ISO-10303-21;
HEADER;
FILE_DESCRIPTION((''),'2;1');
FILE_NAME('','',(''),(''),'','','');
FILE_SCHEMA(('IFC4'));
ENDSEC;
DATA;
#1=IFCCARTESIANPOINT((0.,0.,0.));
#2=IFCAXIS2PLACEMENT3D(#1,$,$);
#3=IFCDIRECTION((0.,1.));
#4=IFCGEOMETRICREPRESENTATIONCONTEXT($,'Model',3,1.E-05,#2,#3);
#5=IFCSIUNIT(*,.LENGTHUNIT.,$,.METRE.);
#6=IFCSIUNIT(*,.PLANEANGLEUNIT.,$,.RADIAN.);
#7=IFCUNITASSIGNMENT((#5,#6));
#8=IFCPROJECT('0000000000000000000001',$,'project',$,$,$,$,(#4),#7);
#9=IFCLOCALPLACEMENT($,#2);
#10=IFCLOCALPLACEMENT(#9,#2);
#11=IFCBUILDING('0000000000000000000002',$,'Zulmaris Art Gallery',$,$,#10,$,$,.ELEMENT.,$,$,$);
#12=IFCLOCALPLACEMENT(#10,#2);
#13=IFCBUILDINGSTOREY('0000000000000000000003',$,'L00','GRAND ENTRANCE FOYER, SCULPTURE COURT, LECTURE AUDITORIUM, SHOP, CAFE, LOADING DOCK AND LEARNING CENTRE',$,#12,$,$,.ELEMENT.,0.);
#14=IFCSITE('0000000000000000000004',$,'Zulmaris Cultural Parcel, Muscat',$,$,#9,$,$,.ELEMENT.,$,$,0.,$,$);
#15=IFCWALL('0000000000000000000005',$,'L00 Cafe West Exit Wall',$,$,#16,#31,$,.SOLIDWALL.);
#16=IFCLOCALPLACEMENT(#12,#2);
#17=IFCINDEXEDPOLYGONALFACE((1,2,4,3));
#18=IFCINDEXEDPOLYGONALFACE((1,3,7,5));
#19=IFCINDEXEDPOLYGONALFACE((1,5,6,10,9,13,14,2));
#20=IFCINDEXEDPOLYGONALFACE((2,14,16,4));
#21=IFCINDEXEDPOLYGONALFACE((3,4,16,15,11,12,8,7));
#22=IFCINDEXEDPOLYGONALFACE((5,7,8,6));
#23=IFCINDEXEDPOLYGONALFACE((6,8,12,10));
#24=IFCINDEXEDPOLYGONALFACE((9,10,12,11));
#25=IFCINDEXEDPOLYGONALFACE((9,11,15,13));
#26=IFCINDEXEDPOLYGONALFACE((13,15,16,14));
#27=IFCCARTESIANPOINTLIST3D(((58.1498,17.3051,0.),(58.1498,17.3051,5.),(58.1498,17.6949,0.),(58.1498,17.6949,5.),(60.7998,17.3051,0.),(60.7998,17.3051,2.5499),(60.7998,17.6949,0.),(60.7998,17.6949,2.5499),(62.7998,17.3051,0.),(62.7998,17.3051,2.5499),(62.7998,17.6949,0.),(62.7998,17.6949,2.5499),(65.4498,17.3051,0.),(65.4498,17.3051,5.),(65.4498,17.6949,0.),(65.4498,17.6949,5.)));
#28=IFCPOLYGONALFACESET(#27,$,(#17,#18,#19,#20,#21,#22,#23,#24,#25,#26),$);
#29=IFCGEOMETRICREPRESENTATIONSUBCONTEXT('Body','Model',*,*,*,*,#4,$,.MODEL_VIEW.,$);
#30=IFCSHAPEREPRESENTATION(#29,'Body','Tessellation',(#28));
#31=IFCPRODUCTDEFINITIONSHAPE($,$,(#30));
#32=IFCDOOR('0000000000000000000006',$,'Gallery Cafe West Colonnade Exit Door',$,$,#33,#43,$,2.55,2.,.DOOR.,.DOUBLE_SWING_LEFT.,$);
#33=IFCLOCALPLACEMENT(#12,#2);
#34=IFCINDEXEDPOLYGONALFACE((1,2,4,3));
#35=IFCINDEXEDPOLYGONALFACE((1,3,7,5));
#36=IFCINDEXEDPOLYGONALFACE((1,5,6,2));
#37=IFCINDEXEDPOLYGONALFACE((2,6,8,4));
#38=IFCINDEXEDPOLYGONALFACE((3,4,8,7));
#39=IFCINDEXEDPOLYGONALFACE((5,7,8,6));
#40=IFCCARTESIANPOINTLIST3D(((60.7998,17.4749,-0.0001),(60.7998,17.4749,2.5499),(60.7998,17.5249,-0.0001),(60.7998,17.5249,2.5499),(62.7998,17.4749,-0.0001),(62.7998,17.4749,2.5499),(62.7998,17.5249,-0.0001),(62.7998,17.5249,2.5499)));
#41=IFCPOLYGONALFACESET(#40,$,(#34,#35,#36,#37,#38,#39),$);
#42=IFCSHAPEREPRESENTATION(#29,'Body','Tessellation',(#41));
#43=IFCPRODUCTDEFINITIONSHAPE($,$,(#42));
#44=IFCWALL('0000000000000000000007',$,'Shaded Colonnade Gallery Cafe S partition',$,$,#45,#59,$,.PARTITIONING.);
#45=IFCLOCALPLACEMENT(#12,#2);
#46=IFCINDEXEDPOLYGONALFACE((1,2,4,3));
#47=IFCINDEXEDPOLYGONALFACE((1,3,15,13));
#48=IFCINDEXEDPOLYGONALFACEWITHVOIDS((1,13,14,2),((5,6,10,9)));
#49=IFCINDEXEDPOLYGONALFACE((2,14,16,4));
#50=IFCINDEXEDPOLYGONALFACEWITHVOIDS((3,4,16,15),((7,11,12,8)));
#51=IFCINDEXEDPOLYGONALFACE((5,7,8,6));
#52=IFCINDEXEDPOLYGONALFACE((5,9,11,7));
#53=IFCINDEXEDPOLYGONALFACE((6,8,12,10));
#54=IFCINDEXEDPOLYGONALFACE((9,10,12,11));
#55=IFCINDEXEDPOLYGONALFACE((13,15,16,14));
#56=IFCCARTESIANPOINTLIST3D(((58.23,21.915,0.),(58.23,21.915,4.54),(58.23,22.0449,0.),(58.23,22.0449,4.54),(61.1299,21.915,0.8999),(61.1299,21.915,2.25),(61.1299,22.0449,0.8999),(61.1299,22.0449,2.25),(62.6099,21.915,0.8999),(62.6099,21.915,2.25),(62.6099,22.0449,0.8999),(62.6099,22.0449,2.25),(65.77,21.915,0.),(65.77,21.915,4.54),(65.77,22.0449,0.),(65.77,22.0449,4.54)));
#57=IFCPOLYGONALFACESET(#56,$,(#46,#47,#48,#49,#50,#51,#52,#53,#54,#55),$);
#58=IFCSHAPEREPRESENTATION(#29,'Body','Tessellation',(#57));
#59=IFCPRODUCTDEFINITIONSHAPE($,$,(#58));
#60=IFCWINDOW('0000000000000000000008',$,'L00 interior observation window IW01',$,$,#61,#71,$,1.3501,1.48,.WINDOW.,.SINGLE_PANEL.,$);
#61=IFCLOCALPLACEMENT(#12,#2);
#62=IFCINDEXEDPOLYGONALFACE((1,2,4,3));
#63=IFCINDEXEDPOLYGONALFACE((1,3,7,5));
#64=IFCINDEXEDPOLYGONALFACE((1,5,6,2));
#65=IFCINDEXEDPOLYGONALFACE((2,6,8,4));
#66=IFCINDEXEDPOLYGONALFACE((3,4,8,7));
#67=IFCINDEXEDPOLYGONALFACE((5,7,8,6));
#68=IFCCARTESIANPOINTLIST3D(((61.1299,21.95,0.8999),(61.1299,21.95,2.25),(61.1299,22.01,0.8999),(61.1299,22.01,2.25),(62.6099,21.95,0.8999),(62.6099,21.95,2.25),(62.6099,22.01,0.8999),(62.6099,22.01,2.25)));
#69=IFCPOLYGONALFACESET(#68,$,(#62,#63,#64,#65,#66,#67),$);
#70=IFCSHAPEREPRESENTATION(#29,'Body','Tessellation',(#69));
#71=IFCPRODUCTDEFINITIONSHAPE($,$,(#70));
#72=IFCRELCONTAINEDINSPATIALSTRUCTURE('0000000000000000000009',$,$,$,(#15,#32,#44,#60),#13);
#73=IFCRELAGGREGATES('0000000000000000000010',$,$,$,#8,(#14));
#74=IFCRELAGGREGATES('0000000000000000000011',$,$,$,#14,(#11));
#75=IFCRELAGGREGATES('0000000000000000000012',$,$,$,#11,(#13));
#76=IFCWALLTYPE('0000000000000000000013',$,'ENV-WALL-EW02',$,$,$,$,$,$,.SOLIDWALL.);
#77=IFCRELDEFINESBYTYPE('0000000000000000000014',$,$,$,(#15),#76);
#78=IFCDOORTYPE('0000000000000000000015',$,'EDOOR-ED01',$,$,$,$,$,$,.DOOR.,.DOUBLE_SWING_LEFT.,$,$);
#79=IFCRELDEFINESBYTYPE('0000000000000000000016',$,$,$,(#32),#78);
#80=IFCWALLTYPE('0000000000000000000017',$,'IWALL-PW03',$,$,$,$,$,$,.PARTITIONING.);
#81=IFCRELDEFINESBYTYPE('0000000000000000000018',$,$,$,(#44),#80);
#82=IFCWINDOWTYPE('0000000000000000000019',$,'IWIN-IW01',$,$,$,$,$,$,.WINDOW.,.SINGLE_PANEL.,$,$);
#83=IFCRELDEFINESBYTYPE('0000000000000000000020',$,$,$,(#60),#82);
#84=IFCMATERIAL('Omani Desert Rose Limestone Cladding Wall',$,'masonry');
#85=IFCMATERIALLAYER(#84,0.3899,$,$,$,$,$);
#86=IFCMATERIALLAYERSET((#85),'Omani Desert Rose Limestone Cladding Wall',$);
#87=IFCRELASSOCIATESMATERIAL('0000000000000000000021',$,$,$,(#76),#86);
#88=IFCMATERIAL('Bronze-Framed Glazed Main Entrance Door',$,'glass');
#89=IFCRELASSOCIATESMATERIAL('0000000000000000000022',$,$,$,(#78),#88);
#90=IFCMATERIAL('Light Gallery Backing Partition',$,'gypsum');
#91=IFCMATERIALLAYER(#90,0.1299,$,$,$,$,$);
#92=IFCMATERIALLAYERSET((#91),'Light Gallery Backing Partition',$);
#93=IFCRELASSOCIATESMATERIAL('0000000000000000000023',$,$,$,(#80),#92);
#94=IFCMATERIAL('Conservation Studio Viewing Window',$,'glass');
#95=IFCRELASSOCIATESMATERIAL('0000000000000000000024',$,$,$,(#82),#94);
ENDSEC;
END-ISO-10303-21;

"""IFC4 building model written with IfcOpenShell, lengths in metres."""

from ifc_helpers import new_model, si_unit, direction, frame, frame_2d, origin, place, context, subcontext, project, spatial, rectangle, extrude, material, layer, layer_set, type_object, element, fill, save


model = new_model("IFC4")

# Units and contexts
model_context = context("Model", 3, precision=1e-05, world=origin(), true_north=direction((0.0, 1.0)))
body_context = subcontext(model_context, "Body", "Model", "MODEL_VIEW")
ifc_project = project(units=[si_unit("LENGTHUNIT", "METRE"), si_unit("PLANEANGLEUNIT", "RADIAN")], contexts=[model_context])

# Site, building, storey
site_placement = place(None, origin())
site = spatial("IfcSite", under=ifc_project, at=site_placement, Name="Zulmaris Cultural Parcel, Muscat", CompositionType="ELEMENT", RefElevation=0.0)
building_placement = place(site_placement, origin())
building = spatial("IfcBuilding", under=site, at=building_placement, Name="Zulmaris Art Gallery", CompositionType="ELEMENT")
storey_placement = place(building_placement, origin())
storey = spatial("IfcBuildingStorey", under=building, at=storey_placement, Name="L00", Description="GRAND ENTRANCE FOYER, SCULPTURE COURT, LECTURE AUDITORIUM, SHOP, CAFE, LOADING DOCK AND LEARNING CENTRE", CompositionType="ELEMENT", Elevation=0.0)

# Wall, opening, door
ifc_material_1 = material(Name="Omani Desert Rose Limestone Cladding Wall", Category="masonry")
ifc_layer_1 = layer(ifc_material_1, 0.3899)
ifc_layer_set_1 = layer_set([ifc_layer_1], Name="Omani Desert Rose Limestone Cladding Wall")
wall_type_1 = type_object("IfcWallType", Name="ENV-WALL-EW02", PredefinedType="SOLIDWALL", material=ifc_layer_set_1)
wall_1_placement = place(storey_placement, frame((58.1499, 17.5, 0.0), z_axis=(0.0, 0.0, 1.0), x_axis=(1.0, 0.0, 0.0)))
wall_1 = element("IfcWall", 1, at=wall_1_placement, inside=storey, type_object=wall_type_1, Name="L00 Cafe West Exit Wall", PredefinedType="SOLIDWALL", context=body_context, shape_type="SweptSolid", body=[
    extrude(rectangle(XDim=7.3, YDim=0.3899, at=frame_2d((3.6499, 0.0))), origin(), (0.0, 0.0, 1.0), 5.0),
])
opening_1_placement = place(wall_1_placement, frame((2.6499, 0.0, 0.0)))
opening_1 = element("IfcOpeningElement", 2, at=opening_1_placement, cuts=wall_1, PredefinedType="OPENING", context=body_context, shape_type="SweptSolid", body=[
    extrude(rectangle(XDim=2.0, YDim=2.55, at=frame_2d((1.0, 1.2749))), frame((0.0, 0.2048, 0.0), z_axis=(0.0, -1.0, 0.0), x_axis=(1.0, 0.0, 0.0)), (0.0, 0.0, 1.0), 0.4099),
])
ifc_material_2 = material(Name="Bronze-Framed Glazed Main Entrance Door", Category="glass")
door_type = type_object("IfcDoorType", Name="EDOOR-ED01", OperationType="DOUBLE_SWING_LEFT", PredefinedType="DOOR", material=ifc_material_2)
door_placement = place(opening_1_placement, origin())
door = element("IfcDoor", 3, at=door_placement, inside=storey, type_object=door_type, Name="Gallery Cafe West Colonnade Exit Door", OperationType="DOUBLE_SWING_LEFT", OverallHeight=2.55, OverallWidth=2.0, PredefinedType="DOOR", context=body_context, shape_type="SweptSolid", body=[
    extrude(rectangle(XDim=2.0, YDim=2.55, at=frame_2d((1.0, 1.2749))), frame((0.0, 0.0249, 0.0), z_axis=(0.0, -1.0, 0.0), x_axis=(1.0, 0.0, 0.0)), (0.0, 0.0, 1.0), 0.05),
])
fill(opening_1, door)

# Wall, opening, window
ifc_material_3 = material(Name="Light Gallery Backing Partition", Category="gypsum")
ifc_layer_2 = layer(ifc_material_3, 0.1299)
ifc_layer_set_2 = layer_set([ifc_layer_2], Name="Light Gallery Backing Partition")
wall_type_2 = type_object("IfcWallType", Name="IWALL-PW03", PredefinedType="PARTITIONING", material=ifc_layer_set_2)
wall_2_placement = place(storey_placement, frame((58.23, 21.98, 0.0), z_axis=(0.0, 0.0, 1.0), x_axis=(1.0, 0.0, 0.0)))
wall_2 = element("IfcWall", 4, at=wall_2_placement, inside=storey, type_object=wall_type_2, Name="Shaded Colonnade Gallery Cafe S partition", PredefinedType="PARTITIONING", context=body_context, shape_type="SweptSolid", body=[
    extrude(rectangle(XDim=7.54, YDim=0.1299, at=frame_2d((3.77, 0.0))), origin(), (0.0, 0.0, 1.0), 4.54),
])
opening_2_placement = place(wall_2_placement, frame((2.8999, 0.0, 0.8999)))
opening_2 = element("IfcOpeningElement", 5, at=opening_2_placement, cuts=wall_2, PredefinedType="OPENING", context=body_context, shape_type="SweptSolid", body=[
    extrude(rectangle(XDim=1.48, YDim=1.3501, at=frame_2d((0.74, 0.675))), frame((0.0, 0.075, 0.0), z_axis=(0.0, -1.0, 0.0), x_axis=(1.0, 0.0, 0.0)), (0.0, 0.0, 1.0), 0.1499),
])
ifc_material_4 = material(Name="Conservation Studio Viewing Window", Category="glass")
window_type = type_object("IfcWindowType", Name="IWIN-IW01", PartitioningType="SINGLE_PANEL", PredefinedType="WINDOW", material=ifc_material_4)
window_placement = place(opening_2_placement, origin())
window = element("IfcWindow", 6, at=window_placement, inside=storey, type_object=window_type, Name="L00 interior observation window IW01", OverallHeight=1.3501, OverallWidth=1.48, PartitioningType="SINGLE_PANEL", PredefinedType="WINDOW", context=body_context, shape_type="SweptSolid", body=[
    extrude(rectangle(XDim=1.48, YDim=1.3501, at=frame_2d((0.74, 0.675))), frame((0.0, 0.03, 0.0), z_axis=(0.0, -1.0, 0.0), x_axis=(1.0, 0.0, 0.0)), (0.0, 0.0, 1.0), 0.0601),
])
fill(opening_2, window)

save(model, "model.ifc")
